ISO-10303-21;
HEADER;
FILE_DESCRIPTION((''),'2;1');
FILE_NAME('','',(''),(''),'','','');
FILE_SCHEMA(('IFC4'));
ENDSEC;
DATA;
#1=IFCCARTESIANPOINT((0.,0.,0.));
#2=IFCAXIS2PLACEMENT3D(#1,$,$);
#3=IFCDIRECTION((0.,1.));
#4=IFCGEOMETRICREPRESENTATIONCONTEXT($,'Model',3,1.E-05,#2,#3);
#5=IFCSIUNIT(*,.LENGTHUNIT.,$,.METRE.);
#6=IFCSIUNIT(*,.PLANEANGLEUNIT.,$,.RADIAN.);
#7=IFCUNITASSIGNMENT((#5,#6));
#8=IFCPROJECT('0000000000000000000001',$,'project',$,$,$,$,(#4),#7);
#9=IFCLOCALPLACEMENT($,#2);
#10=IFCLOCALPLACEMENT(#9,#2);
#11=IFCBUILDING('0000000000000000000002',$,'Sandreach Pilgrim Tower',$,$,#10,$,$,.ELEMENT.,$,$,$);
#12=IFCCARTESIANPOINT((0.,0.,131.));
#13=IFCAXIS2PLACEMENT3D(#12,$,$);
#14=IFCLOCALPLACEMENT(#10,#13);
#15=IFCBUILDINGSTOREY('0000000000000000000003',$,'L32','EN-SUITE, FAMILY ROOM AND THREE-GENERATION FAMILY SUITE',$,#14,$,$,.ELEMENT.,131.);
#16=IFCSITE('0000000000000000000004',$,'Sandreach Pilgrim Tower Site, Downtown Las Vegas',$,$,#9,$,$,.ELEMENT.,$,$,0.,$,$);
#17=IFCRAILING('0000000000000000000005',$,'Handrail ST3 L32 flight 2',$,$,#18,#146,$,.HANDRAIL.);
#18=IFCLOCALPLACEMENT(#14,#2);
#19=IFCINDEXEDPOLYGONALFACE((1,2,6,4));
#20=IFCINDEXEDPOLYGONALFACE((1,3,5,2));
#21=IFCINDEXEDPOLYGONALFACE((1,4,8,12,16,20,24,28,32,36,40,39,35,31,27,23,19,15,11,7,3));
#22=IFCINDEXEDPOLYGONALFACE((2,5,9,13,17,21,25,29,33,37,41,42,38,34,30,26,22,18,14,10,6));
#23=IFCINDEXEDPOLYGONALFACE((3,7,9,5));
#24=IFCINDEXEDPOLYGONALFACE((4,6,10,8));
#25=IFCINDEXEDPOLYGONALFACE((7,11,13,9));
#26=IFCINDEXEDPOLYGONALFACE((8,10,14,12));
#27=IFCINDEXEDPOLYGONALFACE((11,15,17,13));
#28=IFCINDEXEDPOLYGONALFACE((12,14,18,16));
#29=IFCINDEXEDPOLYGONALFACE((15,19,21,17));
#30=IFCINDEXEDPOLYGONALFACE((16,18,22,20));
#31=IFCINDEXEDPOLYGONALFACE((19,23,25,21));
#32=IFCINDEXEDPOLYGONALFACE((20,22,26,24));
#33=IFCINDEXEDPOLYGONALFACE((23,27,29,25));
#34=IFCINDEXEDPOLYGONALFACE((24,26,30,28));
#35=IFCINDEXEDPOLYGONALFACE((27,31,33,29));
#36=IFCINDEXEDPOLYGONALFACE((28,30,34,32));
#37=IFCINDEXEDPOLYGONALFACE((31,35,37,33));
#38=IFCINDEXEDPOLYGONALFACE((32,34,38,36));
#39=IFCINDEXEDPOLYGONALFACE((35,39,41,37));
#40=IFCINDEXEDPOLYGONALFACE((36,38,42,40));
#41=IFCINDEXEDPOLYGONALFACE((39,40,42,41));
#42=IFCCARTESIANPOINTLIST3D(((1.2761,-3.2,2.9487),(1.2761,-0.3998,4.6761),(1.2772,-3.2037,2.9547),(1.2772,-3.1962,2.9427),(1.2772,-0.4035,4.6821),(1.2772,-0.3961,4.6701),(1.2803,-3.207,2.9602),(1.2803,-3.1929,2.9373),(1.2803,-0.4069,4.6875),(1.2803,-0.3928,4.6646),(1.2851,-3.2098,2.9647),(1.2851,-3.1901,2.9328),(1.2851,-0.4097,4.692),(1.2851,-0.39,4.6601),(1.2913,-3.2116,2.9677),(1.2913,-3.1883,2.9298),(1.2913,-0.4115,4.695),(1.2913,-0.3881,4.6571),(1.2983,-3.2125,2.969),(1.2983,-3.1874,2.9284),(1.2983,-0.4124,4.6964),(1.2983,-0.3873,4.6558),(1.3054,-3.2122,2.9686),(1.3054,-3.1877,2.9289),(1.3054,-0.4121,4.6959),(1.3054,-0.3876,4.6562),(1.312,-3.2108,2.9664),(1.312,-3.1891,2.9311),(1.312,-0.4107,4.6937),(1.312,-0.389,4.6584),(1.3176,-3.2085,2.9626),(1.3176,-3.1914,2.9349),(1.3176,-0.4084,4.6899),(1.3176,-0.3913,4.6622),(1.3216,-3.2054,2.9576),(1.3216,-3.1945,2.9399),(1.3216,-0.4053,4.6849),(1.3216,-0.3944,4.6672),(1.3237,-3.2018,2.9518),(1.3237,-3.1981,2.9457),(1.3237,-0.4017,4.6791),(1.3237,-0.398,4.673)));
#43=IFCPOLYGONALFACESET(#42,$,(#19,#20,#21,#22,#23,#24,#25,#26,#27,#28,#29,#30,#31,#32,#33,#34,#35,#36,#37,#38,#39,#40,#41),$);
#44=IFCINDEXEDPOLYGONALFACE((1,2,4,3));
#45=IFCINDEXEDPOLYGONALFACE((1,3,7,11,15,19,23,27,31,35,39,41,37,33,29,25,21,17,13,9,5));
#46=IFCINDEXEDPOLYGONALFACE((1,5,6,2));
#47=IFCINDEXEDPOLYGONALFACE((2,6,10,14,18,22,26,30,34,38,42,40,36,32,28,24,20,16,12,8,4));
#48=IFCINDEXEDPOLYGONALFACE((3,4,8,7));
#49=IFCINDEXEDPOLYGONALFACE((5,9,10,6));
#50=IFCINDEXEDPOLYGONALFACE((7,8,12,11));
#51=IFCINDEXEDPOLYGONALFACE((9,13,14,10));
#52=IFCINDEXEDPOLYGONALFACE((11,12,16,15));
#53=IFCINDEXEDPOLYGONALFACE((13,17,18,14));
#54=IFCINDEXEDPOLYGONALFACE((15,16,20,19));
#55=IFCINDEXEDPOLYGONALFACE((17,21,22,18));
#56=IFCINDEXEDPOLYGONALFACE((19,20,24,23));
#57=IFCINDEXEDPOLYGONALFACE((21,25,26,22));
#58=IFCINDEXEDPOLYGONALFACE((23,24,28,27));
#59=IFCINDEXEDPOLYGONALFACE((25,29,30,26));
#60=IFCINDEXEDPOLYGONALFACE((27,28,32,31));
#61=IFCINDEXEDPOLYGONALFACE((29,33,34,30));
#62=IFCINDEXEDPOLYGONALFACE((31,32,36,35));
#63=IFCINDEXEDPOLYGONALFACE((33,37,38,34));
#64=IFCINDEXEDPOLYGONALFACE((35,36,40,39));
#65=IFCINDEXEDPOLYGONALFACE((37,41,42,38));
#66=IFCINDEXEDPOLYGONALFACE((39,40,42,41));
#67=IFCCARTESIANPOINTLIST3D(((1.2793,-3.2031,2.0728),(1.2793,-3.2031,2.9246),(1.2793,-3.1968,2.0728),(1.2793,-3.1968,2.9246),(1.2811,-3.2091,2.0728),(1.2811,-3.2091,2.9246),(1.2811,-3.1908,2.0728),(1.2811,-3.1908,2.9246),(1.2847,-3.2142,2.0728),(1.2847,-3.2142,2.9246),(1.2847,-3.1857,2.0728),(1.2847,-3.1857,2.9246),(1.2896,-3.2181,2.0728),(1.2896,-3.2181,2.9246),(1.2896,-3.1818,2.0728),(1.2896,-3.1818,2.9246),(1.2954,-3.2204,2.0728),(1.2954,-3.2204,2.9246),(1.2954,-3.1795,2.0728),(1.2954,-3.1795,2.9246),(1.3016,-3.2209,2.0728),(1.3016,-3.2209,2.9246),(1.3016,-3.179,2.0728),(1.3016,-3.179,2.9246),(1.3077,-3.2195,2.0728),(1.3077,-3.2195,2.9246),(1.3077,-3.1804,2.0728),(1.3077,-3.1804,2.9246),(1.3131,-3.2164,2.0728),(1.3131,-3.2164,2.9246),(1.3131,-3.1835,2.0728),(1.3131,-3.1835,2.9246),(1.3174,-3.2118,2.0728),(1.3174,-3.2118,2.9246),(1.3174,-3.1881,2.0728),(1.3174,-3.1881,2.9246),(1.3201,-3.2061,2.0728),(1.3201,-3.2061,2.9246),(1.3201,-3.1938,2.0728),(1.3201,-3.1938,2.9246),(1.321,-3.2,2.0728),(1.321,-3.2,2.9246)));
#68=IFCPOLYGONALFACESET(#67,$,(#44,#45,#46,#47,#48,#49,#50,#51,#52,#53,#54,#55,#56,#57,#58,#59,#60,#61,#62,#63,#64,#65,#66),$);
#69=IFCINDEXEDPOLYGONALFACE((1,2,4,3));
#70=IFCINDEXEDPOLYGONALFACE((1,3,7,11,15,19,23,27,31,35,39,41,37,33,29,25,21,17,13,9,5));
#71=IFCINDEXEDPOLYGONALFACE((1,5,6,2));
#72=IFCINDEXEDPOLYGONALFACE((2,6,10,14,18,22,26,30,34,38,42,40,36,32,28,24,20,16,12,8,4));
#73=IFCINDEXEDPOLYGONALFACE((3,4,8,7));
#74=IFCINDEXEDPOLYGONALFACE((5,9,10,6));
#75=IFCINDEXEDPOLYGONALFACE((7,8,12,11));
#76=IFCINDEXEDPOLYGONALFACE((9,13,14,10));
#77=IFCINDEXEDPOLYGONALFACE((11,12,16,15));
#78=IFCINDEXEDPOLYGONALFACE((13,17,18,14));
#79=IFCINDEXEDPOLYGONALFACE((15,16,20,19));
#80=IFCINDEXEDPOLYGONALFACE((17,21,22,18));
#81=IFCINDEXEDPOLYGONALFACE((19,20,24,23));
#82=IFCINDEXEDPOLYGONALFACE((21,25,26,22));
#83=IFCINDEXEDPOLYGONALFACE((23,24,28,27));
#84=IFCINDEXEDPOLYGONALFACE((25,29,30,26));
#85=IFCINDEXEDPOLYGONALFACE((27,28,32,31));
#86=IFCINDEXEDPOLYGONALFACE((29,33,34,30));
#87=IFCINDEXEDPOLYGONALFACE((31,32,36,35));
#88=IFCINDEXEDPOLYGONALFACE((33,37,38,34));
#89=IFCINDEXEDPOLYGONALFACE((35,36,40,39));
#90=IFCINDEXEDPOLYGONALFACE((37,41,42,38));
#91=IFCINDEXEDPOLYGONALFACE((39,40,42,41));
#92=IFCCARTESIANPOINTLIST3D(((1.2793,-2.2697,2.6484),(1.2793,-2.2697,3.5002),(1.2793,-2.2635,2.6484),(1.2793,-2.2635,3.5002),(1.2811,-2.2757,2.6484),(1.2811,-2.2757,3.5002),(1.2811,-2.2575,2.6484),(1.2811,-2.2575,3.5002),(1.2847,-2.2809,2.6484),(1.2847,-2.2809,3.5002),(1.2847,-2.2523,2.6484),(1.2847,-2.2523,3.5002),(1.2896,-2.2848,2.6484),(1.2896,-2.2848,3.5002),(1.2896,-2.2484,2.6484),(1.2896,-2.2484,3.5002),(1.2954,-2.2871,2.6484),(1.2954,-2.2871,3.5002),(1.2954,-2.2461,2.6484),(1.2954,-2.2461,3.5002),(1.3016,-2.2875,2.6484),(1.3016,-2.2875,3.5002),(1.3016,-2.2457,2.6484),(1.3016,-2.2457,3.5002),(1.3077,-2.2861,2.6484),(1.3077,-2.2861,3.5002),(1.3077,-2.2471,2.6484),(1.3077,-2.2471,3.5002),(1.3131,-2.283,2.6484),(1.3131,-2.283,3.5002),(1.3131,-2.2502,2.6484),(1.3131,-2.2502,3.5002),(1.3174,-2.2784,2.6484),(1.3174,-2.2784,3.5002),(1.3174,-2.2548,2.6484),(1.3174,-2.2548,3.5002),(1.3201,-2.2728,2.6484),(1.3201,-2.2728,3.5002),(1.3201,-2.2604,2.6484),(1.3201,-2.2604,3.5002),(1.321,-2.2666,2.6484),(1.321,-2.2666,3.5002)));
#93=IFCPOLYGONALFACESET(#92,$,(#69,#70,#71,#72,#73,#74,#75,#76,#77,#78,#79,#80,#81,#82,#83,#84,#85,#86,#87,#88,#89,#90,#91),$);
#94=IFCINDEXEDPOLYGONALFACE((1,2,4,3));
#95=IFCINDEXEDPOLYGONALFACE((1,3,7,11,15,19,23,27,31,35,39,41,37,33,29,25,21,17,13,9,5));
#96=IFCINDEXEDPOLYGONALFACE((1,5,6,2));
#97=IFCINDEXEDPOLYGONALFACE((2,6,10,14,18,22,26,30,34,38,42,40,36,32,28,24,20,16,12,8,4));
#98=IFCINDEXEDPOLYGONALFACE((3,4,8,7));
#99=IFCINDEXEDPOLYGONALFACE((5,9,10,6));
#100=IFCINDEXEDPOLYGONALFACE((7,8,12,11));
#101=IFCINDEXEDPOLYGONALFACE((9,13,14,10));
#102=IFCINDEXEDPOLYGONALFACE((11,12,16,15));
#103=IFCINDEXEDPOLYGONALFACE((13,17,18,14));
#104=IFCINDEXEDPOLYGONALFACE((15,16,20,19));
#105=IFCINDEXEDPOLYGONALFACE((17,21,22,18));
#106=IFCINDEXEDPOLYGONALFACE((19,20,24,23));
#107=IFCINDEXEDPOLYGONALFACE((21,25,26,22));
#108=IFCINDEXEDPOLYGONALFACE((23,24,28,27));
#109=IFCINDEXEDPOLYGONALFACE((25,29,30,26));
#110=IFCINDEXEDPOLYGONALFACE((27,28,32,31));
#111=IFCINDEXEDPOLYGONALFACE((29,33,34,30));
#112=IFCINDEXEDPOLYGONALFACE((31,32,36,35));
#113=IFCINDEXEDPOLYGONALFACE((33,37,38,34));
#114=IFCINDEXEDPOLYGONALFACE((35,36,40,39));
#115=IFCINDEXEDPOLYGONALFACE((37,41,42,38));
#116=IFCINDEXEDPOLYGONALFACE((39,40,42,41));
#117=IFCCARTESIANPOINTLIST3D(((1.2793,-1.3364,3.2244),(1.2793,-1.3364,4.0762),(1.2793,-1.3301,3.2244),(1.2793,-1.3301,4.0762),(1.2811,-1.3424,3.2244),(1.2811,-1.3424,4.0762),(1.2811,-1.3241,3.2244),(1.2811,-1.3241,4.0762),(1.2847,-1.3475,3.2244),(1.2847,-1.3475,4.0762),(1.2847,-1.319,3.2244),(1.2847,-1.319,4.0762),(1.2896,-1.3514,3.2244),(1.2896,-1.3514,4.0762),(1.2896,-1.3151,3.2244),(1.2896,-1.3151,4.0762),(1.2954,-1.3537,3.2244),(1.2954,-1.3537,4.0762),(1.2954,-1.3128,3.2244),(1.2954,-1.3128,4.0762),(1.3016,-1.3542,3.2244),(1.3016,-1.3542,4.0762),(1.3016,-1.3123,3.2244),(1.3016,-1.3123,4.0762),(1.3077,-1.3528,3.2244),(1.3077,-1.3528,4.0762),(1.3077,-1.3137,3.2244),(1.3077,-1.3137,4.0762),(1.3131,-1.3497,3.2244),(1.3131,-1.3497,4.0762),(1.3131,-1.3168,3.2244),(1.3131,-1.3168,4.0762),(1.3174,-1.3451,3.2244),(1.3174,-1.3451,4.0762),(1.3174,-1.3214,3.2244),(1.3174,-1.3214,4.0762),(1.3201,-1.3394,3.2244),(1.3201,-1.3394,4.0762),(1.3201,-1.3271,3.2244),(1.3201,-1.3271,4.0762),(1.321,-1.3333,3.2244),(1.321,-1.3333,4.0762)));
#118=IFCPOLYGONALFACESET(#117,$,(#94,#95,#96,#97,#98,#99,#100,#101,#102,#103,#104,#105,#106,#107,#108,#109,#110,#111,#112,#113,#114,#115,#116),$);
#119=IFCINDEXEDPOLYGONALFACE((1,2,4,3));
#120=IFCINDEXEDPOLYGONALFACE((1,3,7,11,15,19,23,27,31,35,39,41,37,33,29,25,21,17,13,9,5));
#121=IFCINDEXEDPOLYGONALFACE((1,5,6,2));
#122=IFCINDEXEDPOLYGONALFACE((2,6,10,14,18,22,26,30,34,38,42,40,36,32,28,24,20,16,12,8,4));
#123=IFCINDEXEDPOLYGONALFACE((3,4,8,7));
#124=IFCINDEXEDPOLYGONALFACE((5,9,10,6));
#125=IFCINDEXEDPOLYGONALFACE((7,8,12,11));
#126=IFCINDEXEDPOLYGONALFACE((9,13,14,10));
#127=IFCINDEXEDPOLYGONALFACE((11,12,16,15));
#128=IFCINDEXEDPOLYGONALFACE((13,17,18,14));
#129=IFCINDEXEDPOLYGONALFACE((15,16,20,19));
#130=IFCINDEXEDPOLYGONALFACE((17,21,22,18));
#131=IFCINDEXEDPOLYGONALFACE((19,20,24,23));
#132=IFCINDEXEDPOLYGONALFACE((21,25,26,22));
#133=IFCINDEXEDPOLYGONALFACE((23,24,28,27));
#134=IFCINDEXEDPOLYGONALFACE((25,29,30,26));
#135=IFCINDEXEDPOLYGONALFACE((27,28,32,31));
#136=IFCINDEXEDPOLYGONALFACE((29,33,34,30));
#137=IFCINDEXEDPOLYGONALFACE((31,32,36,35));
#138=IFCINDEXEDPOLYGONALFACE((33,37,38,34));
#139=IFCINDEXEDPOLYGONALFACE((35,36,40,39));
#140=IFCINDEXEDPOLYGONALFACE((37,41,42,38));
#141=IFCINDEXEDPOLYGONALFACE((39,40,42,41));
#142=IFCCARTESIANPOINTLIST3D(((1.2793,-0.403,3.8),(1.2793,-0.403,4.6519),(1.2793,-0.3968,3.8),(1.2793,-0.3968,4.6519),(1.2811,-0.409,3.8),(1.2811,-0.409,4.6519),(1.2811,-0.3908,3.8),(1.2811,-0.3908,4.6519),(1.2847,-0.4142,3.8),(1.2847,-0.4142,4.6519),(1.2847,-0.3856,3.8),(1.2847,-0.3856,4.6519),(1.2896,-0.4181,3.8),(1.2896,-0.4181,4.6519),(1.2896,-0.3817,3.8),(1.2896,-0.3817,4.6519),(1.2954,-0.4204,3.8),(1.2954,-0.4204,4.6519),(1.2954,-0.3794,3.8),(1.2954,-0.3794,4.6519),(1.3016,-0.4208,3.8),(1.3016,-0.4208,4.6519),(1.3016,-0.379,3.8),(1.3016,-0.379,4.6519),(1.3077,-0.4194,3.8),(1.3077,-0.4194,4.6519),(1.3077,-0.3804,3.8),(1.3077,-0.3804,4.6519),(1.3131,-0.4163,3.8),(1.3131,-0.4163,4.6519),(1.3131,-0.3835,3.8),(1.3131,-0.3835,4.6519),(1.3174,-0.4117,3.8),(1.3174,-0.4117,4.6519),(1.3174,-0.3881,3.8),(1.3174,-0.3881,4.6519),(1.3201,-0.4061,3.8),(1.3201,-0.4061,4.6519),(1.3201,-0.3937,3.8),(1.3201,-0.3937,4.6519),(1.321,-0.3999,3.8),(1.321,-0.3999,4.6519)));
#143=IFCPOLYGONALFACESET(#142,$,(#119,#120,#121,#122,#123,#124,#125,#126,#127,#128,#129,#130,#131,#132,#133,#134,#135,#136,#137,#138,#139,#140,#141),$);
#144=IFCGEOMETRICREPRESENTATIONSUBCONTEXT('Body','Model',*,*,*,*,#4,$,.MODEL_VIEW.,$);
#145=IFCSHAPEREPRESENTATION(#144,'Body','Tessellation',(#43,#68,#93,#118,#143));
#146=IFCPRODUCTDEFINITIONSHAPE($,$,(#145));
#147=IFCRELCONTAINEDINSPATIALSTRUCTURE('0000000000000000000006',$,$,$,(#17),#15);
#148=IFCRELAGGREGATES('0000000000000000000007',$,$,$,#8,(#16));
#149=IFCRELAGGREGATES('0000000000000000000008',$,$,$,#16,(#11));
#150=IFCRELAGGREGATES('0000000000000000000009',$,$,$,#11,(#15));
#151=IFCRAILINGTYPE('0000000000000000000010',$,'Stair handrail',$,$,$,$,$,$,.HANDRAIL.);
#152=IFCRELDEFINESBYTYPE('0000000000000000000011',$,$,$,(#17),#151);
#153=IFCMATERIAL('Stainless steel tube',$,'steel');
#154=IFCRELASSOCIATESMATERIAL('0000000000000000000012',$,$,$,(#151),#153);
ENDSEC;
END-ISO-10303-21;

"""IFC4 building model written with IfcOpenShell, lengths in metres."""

from ifc_helpers import new_model, si_unit, direction, frame, origin, origin_2d, place, context, subcontext, project, spatial, circle, extrude, material, type_object, element, save


model = new_model("IFC4")

# Units and contexts
model_context = context("Model", 3, precision=1e-05, world=origin(), true_north=direction((0.0, 1.0)))
body_context = subcontext(model_context, "Body", "Model", "MODEL_VIEW")
ifc_project = project(units=[si_unit("LENGTHUNIT", "METRE"), si_unit("PLANEANGLEUNIT", "RADIAN")], contexts=[model_context])

# Site, building, storey
site_placement = place(None, origin())
site = spatial("IfcSite", under=ifc_project, at=site_placement, Name="Sandreach Pilgrim Tower Site, Downtown Las Vegas", CompositionType="ELEMENT", RefElevation=0.0)
building_placement = place(site_placement, origin())
building = spatial("IfcBuilding", under=site, at=building_placement, Name="Sandreach Pilgrim Tower", CompositionType="ELEMENT")
storey_placement = place(building_placement, frame((0.0, 0.0, 131.0)))
storey = spatial("IfcBuildingStorey", under=building, at=storey_placement, Name="L32", Description="EN-SUITE, FAMILY ROOM AND THREE-GENERATION FAMILY SUITE", CompositionType="ELEMENT", Elevation=131.0)

# Railing
ifc_material_1 = material(Name="Stainless steel tube", Category="steel")
railing_type = type_object("IfcRailingType", Name="Stair handrail", PredefinedType="HANDRAIL", material=ifc_material_1)
for number, where, name in (
    (1, (1.3, -3.2, 2.0728), "Handrail ST3 L32 flight 2"),
):
    element("IfcRailing", number, at=place(storey_placement, frame(where)), inside=storey, type_object=railing_type, Name=name, PredefinedType="HANDRAIL", context=body_context, shape_type="SweptSolid", body=[
        extrude(circle(Radius=0.0239, at=origin_2d()), frame((0.0, 0.0, 0.876), z_axis=(0.0, 0.85109, 0.52502), x_axis=(-1.0, 0.0, 0.0)), (0.0, 0.0, 1.0), 3.29),
        extrude(circle(Radius=0.021, at=origin_2d()), origin(), (0.0, 0.0, 1.0), 0.8518),
        extrude(circle(Radius=0.021, at=origin_2d()), frame((0.0, 0.9333, 0.5757)), (0.0, 0.0, 1.0), 0.8518),
        extrude(circle(Radius=0.021, at=origin_2d()), frame((0.0, 1.8667, 1.1516)), (0.0, 0.0, 1.0), 0.8518),
        extrude(circle(Radius=0.021, at=origin_2d()), frame((0.0, 2.8, 1.7273)), (0.0, 0.0, 1.0), 0.8518),
    ])

save(model, "model.ifc")
